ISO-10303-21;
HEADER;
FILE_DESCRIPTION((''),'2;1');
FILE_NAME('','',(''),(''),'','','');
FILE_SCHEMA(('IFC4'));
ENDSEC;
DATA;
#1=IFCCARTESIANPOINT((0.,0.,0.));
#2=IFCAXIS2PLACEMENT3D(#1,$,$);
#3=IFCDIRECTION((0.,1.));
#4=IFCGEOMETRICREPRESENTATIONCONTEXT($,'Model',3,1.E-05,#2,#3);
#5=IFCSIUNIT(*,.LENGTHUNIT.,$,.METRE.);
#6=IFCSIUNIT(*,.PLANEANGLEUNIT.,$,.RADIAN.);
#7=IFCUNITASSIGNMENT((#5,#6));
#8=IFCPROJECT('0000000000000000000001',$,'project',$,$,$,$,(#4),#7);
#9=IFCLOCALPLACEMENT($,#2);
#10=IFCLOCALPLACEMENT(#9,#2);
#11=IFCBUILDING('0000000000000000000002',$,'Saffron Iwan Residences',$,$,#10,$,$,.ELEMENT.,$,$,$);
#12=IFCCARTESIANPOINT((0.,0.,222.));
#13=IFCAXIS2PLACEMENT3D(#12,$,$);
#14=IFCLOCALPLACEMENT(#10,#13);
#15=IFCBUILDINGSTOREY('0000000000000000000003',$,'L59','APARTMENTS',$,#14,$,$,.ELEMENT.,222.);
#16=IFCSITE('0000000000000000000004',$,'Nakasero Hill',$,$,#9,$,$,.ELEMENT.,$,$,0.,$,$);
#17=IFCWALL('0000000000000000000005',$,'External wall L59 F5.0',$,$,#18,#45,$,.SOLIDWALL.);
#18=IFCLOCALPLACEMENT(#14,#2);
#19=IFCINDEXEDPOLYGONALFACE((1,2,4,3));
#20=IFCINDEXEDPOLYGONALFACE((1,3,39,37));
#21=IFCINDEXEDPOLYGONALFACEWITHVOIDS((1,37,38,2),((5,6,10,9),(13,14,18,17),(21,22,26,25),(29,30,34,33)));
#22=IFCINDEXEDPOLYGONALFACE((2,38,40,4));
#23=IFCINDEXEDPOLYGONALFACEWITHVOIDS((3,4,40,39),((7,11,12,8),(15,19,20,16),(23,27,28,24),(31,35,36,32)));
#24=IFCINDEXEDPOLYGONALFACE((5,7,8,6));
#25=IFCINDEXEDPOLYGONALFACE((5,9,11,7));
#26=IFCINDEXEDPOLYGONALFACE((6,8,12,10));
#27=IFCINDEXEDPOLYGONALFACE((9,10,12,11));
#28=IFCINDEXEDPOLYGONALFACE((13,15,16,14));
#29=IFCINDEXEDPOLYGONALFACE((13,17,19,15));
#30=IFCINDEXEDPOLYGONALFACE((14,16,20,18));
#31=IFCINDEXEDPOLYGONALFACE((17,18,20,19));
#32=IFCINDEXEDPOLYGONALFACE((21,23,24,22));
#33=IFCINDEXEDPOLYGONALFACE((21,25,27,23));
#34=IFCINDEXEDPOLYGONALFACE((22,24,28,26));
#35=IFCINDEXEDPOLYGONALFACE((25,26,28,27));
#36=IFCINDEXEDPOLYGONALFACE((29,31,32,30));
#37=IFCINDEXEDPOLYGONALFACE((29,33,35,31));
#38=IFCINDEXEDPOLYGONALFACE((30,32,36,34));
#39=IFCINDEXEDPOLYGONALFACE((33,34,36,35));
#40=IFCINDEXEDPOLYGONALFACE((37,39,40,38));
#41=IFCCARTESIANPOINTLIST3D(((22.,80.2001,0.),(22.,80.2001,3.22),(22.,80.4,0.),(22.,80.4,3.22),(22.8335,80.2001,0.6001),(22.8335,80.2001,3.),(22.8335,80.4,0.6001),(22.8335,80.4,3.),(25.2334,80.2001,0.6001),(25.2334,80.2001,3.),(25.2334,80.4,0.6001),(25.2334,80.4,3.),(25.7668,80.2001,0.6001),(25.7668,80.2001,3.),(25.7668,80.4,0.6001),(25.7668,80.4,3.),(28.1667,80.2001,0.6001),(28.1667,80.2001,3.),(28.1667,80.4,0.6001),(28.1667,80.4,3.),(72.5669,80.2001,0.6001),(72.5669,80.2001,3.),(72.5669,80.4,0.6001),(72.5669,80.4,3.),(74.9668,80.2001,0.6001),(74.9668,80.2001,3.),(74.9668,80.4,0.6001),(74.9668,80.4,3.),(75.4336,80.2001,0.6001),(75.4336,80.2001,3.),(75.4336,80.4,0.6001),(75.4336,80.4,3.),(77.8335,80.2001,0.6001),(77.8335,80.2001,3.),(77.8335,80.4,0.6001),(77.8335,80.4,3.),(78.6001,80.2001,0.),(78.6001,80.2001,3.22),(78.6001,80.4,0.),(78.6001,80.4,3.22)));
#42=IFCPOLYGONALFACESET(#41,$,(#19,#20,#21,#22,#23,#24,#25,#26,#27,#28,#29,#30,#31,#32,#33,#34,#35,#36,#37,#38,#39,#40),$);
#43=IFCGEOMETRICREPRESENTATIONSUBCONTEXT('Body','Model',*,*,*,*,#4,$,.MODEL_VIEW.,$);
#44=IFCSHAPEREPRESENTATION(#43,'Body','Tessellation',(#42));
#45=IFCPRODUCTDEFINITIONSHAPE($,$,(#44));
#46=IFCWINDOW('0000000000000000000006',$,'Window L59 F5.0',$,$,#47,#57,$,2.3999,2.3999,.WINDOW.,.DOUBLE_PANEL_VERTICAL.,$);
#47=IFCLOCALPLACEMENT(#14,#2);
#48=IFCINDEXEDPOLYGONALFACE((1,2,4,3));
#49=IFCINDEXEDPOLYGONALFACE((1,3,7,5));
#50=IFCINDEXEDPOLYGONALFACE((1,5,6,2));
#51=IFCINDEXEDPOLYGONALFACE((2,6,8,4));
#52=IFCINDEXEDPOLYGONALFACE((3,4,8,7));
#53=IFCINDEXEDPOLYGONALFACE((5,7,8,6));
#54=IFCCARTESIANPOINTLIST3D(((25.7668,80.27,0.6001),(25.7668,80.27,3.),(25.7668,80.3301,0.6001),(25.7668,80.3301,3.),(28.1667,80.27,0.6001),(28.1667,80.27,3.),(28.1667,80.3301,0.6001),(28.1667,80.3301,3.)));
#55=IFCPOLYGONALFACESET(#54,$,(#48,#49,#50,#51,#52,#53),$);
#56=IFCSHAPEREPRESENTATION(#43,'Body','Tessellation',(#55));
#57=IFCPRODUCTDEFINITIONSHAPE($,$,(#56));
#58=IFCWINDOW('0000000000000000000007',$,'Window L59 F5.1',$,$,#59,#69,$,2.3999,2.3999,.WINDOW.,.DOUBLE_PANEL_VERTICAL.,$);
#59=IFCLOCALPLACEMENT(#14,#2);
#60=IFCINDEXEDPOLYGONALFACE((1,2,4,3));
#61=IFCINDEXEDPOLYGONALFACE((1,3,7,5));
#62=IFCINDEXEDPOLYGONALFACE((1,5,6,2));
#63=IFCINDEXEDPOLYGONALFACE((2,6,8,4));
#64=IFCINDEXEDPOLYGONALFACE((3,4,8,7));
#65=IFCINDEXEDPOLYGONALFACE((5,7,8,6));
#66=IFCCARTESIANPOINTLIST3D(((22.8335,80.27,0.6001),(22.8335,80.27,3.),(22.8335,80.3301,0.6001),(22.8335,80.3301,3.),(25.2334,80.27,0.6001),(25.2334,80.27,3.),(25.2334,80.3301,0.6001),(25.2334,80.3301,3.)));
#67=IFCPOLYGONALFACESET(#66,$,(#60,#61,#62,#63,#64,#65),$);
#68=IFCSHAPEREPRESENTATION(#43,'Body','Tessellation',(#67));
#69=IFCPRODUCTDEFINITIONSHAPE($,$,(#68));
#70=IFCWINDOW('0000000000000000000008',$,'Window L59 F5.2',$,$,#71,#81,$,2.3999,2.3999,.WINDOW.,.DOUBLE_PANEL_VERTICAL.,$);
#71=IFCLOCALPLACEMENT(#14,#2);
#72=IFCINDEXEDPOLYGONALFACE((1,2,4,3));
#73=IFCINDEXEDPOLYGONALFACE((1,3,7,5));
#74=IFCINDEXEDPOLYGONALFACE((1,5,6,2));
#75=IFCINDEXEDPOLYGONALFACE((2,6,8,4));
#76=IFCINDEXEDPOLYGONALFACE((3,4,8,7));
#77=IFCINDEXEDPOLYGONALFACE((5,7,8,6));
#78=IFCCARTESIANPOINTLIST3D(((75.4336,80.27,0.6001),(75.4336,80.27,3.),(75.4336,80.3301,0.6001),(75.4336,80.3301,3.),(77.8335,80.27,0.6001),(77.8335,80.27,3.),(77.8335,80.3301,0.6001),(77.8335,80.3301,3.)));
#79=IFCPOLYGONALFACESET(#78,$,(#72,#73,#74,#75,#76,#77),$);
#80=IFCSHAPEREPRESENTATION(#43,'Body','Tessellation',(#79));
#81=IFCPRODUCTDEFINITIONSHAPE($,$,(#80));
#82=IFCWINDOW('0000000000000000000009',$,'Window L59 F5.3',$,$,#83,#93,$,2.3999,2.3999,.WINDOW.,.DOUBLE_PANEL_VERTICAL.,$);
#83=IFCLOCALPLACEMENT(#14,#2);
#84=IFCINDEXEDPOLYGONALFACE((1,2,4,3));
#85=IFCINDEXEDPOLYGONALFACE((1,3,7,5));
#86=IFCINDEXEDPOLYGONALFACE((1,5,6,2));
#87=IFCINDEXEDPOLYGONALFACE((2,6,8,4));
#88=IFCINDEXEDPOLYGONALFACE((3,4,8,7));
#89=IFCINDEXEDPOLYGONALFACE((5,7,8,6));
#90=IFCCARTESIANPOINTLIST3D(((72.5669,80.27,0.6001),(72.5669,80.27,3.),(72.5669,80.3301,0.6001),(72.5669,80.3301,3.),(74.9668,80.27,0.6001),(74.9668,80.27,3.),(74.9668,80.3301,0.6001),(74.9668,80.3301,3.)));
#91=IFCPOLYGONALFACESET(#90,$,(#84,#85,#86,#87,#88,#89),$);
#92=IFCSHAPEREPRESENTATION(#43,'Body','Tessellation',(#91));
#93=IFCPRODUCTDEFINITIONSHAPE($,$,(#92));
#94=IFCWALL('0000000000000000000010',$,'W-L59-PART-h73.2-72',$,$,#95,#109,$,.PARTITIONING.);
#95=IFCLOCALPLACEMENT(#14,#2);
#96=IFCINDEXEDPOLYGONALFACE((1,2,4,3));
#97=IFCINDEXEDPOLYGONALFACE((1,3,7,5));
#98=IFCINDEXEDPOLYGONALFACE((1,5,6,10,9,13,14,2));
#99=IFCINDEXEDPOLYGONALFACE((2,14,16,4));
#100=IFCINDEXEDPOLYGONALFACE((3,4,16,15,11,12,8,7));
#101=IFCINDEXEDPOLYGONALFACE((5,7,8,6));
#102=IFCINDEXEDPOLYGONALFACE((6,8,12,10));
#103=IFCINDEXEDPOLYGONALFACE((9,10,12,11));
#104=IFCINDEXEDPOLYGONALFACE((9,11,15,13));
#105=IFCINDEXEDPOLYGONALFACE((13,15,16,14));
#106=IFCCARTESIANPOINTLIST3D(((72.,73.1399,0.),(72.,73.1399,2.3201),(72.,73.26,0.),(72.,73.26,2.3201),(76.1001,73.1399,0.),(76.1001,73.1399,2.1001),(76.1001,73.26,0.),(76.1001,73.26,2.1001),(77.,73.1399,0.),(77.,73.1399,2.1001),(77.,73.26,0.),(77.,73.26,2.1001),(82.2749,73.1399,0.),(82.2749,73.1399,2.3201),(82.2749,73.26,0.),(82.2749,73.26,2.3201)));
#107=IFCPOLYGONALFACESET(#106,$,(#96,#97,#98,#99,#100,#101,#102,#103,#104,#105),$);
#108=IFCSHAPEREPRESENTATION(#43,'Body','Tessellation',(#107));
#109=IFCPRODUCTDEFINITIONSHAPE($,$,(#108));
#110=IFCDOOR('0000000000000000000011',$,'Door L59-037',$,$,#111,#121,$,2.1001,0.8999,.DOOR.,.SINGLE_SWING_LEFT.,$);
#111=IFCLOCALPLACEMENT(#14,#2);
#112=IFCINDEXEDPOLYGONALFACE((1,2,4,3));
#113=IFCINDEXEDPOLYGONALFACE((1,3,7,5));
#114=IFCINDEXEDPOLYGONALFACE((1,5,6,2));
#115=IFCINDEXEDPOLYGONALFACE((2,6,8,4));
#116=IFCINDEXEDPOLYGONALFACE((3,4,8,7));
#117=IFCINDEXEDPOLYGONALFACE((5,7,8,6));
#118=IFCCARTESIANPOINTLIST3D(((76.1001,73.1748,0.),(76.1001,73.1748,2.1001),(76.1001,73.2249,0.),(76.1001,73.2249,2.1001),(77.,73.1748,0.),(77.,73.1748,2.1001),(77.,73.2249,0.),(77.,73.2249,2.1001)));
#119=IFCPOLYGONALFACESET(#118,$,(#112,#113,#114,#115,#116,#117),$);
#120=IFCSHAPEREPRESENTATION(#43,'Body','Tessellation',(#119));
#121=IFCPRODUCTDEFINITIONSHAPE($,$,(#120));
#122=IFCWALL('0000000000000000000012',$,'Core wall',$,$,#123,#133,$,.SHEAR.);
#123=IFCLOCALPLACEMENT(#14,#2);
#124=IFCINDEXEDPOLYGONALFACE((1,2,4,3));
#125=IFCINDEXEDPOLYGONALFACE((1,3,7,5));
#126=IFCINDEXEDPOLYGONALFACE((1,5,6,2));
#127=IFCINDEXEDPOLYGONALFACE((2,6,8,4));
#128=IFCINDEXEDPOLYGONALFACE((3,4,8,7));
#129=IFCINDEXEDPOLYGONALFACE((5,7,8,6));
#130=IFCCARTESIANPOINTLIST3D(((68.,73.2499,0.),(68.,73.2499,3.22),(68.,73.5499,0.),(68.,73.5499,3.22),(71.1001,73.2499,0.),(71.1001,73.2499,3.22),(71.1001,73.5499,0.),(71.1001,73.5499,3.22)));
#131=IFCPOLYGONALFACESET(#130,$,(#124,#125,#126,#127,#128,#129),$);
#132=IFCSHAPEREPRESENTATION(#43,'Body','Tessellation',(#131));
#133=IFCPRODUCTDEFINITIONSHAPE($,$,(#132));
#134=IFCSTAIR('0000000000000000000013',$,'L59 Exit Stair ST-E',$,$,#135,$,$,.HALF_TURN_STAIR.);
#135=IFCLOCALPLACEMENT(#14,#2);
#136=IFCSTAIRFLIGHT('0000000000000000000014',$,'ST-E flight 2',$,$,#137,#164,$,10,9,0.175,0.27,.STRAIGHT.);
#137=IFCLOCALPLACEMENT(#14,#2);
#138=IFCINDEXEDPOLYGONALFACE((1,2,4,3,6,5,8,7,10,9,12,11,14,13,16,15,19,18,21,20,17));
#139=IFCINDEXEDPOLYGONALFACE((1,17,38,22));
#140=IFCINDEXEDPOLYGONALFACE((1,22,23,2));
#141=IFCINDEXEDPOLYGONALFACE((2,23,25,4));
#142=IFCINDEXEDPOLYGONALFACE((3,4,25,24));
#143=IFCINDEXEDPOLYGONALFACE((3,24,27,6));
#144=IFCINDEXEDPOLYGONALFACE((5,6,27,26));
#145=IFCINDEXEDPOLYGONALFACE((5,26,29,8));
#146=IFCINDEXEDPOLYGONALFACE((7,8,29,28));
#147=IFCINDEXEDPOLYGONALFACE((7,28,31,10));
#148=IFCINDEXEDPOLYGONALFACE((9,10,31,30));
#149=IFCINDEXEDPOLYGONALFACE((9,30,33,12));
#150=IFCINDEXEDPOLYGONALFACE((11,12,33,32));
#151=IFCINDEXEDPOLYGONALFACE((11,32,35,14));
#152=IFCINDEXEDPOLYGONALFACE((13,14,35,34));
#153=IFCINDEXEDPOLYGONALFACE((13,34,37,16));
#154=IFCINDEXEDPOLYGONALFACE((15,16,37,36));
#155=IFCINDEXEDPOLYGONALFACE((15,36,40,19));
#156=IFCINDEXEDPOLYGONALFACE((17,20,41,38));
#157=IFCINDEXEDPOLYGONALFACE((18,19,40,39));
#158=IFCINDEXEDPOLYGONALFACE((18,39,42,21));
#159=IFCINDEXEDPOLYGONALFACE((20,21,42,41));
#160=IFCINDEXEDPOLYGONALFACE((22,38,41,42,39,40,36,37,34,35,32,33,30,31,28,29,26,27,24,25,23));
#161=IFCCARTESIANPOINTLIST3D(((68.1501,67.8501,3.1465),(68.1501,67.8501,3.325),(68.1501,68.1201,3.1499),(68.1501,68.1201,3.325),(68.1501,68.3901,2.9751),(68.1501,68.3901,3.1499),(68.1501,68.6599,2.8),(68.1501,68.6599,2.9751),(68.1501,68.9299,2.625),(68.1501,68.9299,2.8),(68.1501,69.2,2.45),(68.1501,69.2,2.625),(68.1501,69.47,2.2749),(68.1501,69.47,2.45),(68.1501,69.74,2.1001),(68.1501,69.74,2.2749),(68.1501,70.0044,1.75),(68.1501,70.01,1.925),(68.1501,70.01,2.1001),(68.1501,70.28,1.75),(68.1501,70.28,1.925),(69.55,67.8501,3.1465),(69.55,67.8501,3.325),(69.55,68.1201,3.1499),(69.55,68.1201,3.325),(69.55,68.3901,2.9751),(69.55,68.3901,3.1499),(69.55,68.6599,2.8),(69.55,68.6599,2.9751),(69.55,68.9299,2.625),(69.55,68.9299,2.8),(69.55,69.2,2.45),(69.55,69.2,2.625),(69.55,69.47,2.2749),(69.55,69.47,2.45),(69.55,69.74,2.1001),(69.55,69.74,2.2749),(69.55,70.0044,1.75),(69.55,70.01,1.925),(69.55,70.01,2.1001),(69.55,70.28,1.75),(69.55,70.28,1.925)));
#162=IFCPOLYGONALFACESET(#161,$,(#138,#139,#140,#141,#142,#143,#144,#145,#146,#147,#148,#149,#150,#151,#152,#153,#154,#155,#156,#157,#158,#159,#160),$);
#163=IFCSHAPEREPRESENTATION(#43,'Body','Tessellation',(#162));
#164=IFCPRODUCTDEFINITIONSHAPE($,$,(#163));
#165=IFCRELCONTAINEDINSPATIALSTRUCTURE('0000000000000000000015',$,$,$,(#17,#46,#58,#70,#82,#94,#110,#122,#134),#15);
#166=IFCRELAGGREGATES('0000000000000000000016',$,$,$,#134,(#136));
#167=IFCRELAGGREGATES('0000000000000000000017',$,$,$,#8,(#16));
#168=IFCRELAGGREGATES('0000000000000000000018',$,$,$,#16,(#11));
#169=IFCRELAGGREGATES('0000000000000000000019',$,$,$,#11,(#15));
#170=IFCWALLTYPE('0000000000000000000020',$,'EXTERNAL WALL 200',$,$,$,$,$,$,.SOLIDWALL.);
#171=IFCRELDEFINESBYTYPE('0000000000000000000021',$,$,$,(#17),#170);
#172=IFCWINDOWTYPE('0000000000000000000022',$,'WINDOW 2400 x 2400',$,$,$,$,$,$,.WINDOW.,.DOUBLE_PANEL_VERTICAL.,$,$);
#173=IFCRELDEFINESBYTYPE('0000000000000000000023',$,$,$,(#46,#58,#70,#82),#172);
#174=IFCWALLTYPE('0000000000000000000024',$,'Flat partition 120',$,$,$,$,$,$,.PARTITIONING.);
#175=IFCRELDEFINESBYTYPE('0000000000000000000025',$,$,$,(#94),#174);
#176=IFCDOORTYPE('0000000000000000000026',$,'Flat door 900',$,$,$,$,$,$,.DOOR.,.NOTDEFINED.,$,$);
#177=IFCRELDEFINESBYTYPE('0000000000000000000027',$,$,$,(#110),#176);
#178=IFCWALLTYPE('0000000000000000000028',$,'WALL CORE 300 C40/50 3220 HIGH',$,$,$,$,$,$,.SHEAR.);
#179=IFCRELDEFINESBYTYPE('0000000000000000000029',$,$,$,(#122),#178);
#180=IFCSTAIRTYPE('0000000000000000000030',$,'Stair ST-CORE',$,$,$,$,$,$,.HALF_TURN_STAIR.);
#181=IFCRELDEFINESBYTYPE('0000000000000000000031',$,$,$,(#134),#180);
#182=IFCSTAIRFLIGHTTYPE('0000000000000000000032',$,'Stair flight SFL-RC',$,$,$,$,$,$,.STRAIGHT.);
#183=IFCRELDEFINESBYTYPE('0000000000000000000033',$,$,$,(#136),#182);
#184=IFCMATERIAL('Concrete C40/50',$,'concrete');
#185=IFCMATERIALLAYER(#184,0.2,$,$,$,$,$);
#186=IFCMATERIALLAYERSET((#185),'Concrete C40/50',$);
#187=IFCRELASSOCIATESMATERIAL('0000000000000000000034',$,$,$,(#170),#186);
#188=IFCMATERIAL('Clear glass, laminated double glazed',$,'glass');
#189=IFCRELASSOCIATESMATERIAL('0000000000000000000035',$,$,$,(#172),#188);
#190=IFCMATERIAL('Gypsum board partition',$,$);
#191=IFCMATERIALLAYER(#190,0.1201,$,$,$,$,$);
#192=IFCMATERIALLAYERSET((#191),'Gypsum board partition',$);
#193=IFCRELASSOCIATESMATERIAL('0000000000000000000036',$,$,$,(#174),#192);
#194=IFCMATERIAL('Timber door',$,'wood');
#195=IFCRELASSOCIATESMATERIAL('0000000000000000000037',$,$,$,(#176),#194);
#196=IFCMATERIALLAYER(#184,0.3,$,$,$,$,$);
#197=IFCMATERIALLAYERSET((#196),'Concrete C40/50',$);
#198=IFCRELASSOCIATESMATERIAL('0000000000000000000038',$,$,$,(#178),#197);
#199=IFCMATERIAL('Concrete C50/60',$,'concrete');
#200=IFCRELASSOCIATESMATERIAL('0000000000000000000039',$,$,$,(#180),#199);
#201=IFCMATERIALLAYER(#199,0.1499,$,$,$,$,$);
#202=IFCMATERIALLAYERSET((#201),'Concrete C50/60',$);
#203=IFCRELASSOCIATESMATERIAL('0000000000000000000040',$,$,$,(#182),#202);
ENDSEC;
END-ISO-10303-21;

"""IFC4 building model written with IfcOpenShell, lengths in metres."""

from ifc_helpers import new_model, si_unit, direction, frame, frame_2d, origin, place, context, subcontext, project, spatial, polyline, rectangle, outline, extrude, material, layer, layer_set, type_object, element, fill, aggregate, save


model = new_model("IFC4")

# Units and contexts
model_context = context("Model", 3, precision=1e-05, world=origin(), true_north=direction((0.0, 1.0)))
body_context = subcontext(model_context, "Body", "Model", "MODEL_VIEW")
ifc_project = project(units=[si_unit("LENGTHUNIT", "METRE"), si_unit("PLANEANGLEUNIT", "RADIAN")], contexts=[model_context])

# Site, building, storey
site_placement = place(None, origin())
site = spatial("IfcSite", under=ifc_project, at=site_placement, Name="Nakasero Hill", CompositionType="ELEMENT", RefElevation=0.0)
building_placement = place(site_placement, origin())
building = spatial("IfcBuilding", under=site, at=building_placement, Name="Saffron Iwan Residences", CompositionType="ELEMENT")
storey_placement = place(building_placement, frame((0.0, 0.0, 222.0)))
storey = spatial("IfcBuildingStorey", under=building, at=storey_placement, Name="L59", Description="APARTMENTS", CompositionType="ELEMENT", Elevation=222.0)

# Shared definitions
ifc_material_1 = material(Name="Concrete C40/50", Category="concrete")

# Shared definitions
ifc_layer_1 = layer(ifc_material_1, 0.2)
ifc_layer_set_1 = layer_set([ifc_layer_1], Name="Concrete C40/50")
wall_type_1 = type_object("IfcWallType", Name="EXTERNAL WALL 200", PredefinedType="SOLIDWALL", material=ifc_layer_set_1)
ifc_material_2 = material(Name="Clear glass, laminated double glazed", Category="glass")
window_type_1 = type_object("IfcWindowType", Name="WINDOW 2400 x 2400", PartitioningType="DOUBLE_PANEL_VERTICAL", PredefinedType="WINDOW", material=ifc_material_2)

# Wall, openings, windows
wall_1_placement = place(storey_placement, frame((78.6001, 80.3, 0.0), z_axis=(0.0, 0.0, 1.0), x_axis=(-1.0, 0.0, 0.0)))
wall_1 = element("IfcWall", 1, at=wall_1_placement, inside=storey, type_object=wall_type_1, Name="External wall L59 F5.0", PredefinedType="SOLIDWALL", context=body_context, shape_type="SweptSolid", body=[
    extrude(rectangle(XDim=56.6001, YDim=0.2, at=frame_2d((28.3, 0.0))), origin(), (0.0, 0.0, 1.0), 3.22),
])
opening_1_placement = place(wall_1_placement, frame((50.4333, 0.0, 0.6001)))
opening_1 = element("IfcOpeningElement", 2, at=opening_1_placement, cuts=wall_1, PredefinedType="OPENING", context=body_context, shape_type="SweptSolid", body=[
    extrude(rectangle(XDim=2.3999, YDim=2.3999, at=frame_2d((1.2, 1.2))), frame((0.0, 0.1099, 0.0), z_axis=(0.0, -1.0, 0.0), x_axis=(1.0, 0.0, 0.0)), (0.0, 0.0, 1.0), 0.22),
])
opening_2_placement = place(wall_1_placement, frame((53.3667, 0.0, 0.6001)))
opening_2 = element("IfcOpeningElement", 3, at=opening_2_placement, cuts=wall_1, PredefinedType="OPENING", context=body_context, shape_type="SweptSolid", body=[
    extrude(rectangle(XDim=2.3999, YDim=2.3999, at=frame_2d((1.2, 1.2))), frame((0.0, 0.1099, 0.0), z_axis=(0.0, -1.0, 0.0), x_axis=(1.0, 0.0, 0.0)), (0.0, 0.0, 1.0), 0.22),
])
opening_3_placement = place(wall_1_placement, frame((0.7666, 0.0, 0.6001)))
opening_3 = element("IfcOpeningElement", 4, at=opening_3_placement, cuts=wall_1, PredefinedType="OPENING", context=body_context, shape_type="SweptSolid", body=[
    extrude(rectangle(XDim=2.3999, YDim=2.3999, at=frame_2d((1.2, 1.2))), frame((0.0, 0.1099, 0.0), z_axis=(0.0, -1.0, 0.0), x_axis=(1.0, 0.0, 0.0)), (0.0, 0.0, 1.0), 0.22),
])
opening_4_placement = place(wall_1_placement, frame((3.6333, 0.0, 0.6001)))
opening_4 = element("IfcOpeningElement", 5, at=opening_4_placement, cuts=wall_1, PredefinedType="OPENING", context=body_context, shape_type="SweptSolid", body=[
    extrude(rectangle(XDim=2.3999, YDim=2.3999, at=frame_2d((1.2, 1.2))), frame((0.0, 0.1099, 0.0), z_axis=(0.0, -1.0, 0.0), x_axis=(1.0, 0.0, 0.0)), (0.0, 0.0, 1.0), 0.22),
])
window_1_placement = place(opening_1_placement, origin())
window_1 = element("IfcWindow", 6, at=window_1_placement, inside=storey, type_object=window_type_1, Name="Window L59 F5.0", OverallHeight=2.3999, OverallWidth=2.3999, PartitioningType="DOUBLE_PANEL_VERTICAL", PredefinedType="WINDOW", context=body_context, shape_type="SweptSolid", body=[
    extrude(rectangle(XDim=2.3999, YDim=2.3999, at=frame_2d((1.2, 1.2))), frame((0.0, 0.03, 0.0), z_axis=(0.0, -1.0, 0.0), x_axis=(1.0, 0.0, 0.0)), (0.0, 0.0, 1.0), 0.0601),
])
fill(opening_1, window_1)
window_2_placement = place(opening_2_placement, origin())
window_2 = element("IfcWindow", 7, at=window_2_placement, inside=storey, type_object=window_type_1, Name="Window L59 F5.1", OverallHeight=2.3999, OverallWidth=2.3999, PartitioningType="DOUBLE_PANEL_VERTICAL", PredefinedType="WINDOW", context=body_context, shape_type="SweptSolid", body=[
    extrude(rectangle(XDim=2.3999, YDim=2.3999, at=frame_2d((1.2, 1.2))), frame((0.0, 0.03, 0.0), z_axis=(0.0, -1.0, 0.0), x_axis=(1.0, 0.0, 0.0)), (0.0, 0.0, 1.0), 0.0601),
])
fill(opening_2, window_2)
window_3_placement = place(opening_3_placement, origin())
window_3 = element("IfcWindow", 8, at=window_3_placement, inside=storey, type_object=window_type_1, Name="Window L59 F5.2", OverallHeight=2.3999, OverallWidth=2.3999, PartitioningType="DOUBLE_PANEL_VERTICAL", PredefinedType="WINDOW", context=body_context, shape_type="SweptSolid", body=[
    extrude(rectangle(XDim=2.3999, YDim=2.3999, at=frame_2d((1.2, 1.2))), frame((0.0, 0.03, 0.0), z_axis=(0.0, -1.0, 0.0), x_axis=(1.0, 0.0, 0.0)), (0.0, 0.0, 1.0), 0.0601),
])
fill(opening_3, window_3)
window_4_placement = place(opening_4_placement, origin())
window_4 = element("IfcWindow", 9, at=window_4_placement, inside=storey, type_object=window_type_1, Name="Window L59 F5.3", OverallHeight=2.3999, OverallWidth=2.3999, PartitioningType="DOUBLE_PANEL_VERTICAL", PredefinedType="WINDOW", context=body_context, shape_type="SweptSolid", body=[
    extrude(rectangle(XDim=2.3999, YDim=2.3999, at=frame_2d((1.2, 1.2))), frame((0.0, 0.03, 0.0), z_axis=(0.0, -1.0, 0.0), x_axis=(1.0, 0.0, 0.0)), (0.0, 0.0, 1.0), 0.0601),
])
fill(opening_4, window_4)

# Wall, opening, door
ifc_material_3 = material(Name="Gypsum board partition")
ifc_layer_2 = layer(ifc_material_3, 0.1201)
ifc_layer_set_2 = layer_set([ifc_layer_2], Name="Gypsum board partition")
wall_type_2 = type_object("IfcWallType", Name="Flat partition 120", PredefinedType="PARTITIONING", material=ifc_layer_set_2)
wall_2_placement = place(storey_placement, frame((72.0, 73.2, 0.0), z_axis=(0.0, 0.0, 1.0), x_axis=(1.0, 0.0, 0.0)))
wall_2 = element("IfcWall", 10, at=wall_2_placement, inside=storey, type_object=wall_type_2, Name="W-L59-PART-h73.2-72", PredefinedType="PARTITIONING", context=body_context, shape_type="SweptSolid", body=[
    extrude(rectangle(XDim=10.2749, YDim=0.1201, at=frame_2d((5.1375, 0.0))), origin(), (0.0, 0.0, 1.0), 2.3201),
])
opening_5_placement = place(wall_2_placement, frame((4.1001, 0.0, 0.0)))
opening_5 = element("IfcOpeningElement", 11, at=opening_5_placement, cuts=wall_2, PredefinedType="OPENING", context=body_context, shape_type="SweptSolid", body=[
    extrude(rectangle(XDim=0.8999, YDim=2.1001, at=frame_2d((0.45, 1.05))), frame((0.0, 0.0701, 0.0), z_axis=(0.0, -1.0, 0.0), x_axis=(1.0, 0.0, 0.0)), (0.0, 0.0, 1.0), 0.1401),
])
ifc_material_4 = material(Name="Timber door", Category="wood")
door_type = type_object("IfcDoorType", Name="Flat door 900", OperationType="NOTDEFINED", PredefinedType="DOOR", material=ifc_material_4)
door_placement = place(opening_5_placement, origin())
door = element("IfcDoor", 12, at=door_placement, inside=storey, type_object=door_type, Name="Door L59-037", OperationType="SINGLE_SWING_LEFT", OverallHeight=2.1001, OverallWidth=0.8999, PredefinedType="DOOR", context=body_context, shape_type="SweptSolid", body=[
    extrude(rectangle(XDim=0.8999, YDim=2.1001, at=frame_2d((0.45, 1.05))), frame((0.0, 0.0249, 0.0), z_axis=(0.0, -1.0, 0.0), x_axis=(1.0, 0.0, 0.0)), (0.0, 0.0, 1.0), 0.05),
])
fill(opening_5, door)

# Wall
ifc_layer_3 = layer(ifc_material_1, 0.3)
ifc_layer_set_3 = layer_set([ifc_layer_3], Name="Concrete C40/50")
wall_type_3 = type_object("IfcWallType", Name="WALL CORE 300 C40/50 3220 HIGH", PredefinedType="SHEAR", material=ifc_layer_set_3)
wall_3_placement = place(storey_placement, frame((68.0, 73.3999, 0.0), z_axis=(0.0, 0.0, 1.0), x_axis=(1.0, 0.0, 0.0)))
element("IfcWall", 13, at=wall_3_placement, inside=storey, type_object=wall_type_3, Name="Core wall", PredefinedType="SHEAR", context=body_context, shape_type="SweptSolid", body=[
    extrude(rectangle(XDim=3.1001, YDim=0.3, at=frame_2d((1.55, 0.0))), origin(), (0.0, 0.0, 1.0), 3.22),
])

# Stair, stair flight
ifc_material_5 = material(Name="Concrete C50/60", Category="concrete")
stair_type = type_object("IfcStairType", Name="Stair ST-CORE", PredefinedType="HALF_TURN_STAIR", material=ifc_material_5)
stair_placement = place(storey_placement, origin())
stair = element("IfcStair", 14, at=stair_placement, inside=storey, type_object=stair_type, Name="L59 Exit Stair ST-E", PredefinedType="HALF_TURN_STAIR")
ifc_layer_4 = layer(ifc_material_5, 0.1499)
ifc_layer_set_4 = layer_set([ifc_layer_4], Name="Concrete C50/60")
stair_flight_type = type_object("IfcStairFlightType", Name="Stair flight SFL-RC", PredefinedType="STRAIGHT", material=ifc_layer_set_4)
stair_flight_placement = place(storey_placement, frame((68.8501, 70.28, 1.75), z_axis=(0.0, 0.0, 1.0), x_axis=(0.0, -1.0, 0.0)))
stair_flight = element("IfcStairFlight", 15, at=stair_flight_placement, type_object=stair_flight_type, Name="ST-E flight 2", NumberOfRisers=10, NumberOfTreads=9, PredefinedType="STRAIGHT", RiserHeight=0.175, TreadLength=0.27, context=body_context, shape_type="SweptSolid", body=[
    extrude(outline(polyline([(0.0, 0.0), (0.0, 0.175), (0.27, 0.175), (0.27, 0.3501), (0.54, 0.3501), (0.54, 0.5249), (0.8101, 0.5249), (0.8101, 0.7), (1.0801, 0.7), (1.0801, 0.875), (1.3501, 0.875), (1.3501, 1.05), (1.6201, 1.05), (1.6201, 1.2251), (1.8899, 1.2251), (1.8899, 1.3999), (2.1599, 1.3999), (2.1599, 1.575), (2.4299, 1.575), (2.4299, 1.75), (2.4299, 1.3965), (0.2756, 0.0), (0.0, 0.0)])), frame((0.0, 0.7, 0.0), z_axis=(0.0, -1.0, 0.0), x_axis=(1.0, 0.0, 0.0)), (0.0, 0.0, 1.0), 1.3999),
])
aggregate(stair, [stair_flight])

save(model, "model.ifc")
